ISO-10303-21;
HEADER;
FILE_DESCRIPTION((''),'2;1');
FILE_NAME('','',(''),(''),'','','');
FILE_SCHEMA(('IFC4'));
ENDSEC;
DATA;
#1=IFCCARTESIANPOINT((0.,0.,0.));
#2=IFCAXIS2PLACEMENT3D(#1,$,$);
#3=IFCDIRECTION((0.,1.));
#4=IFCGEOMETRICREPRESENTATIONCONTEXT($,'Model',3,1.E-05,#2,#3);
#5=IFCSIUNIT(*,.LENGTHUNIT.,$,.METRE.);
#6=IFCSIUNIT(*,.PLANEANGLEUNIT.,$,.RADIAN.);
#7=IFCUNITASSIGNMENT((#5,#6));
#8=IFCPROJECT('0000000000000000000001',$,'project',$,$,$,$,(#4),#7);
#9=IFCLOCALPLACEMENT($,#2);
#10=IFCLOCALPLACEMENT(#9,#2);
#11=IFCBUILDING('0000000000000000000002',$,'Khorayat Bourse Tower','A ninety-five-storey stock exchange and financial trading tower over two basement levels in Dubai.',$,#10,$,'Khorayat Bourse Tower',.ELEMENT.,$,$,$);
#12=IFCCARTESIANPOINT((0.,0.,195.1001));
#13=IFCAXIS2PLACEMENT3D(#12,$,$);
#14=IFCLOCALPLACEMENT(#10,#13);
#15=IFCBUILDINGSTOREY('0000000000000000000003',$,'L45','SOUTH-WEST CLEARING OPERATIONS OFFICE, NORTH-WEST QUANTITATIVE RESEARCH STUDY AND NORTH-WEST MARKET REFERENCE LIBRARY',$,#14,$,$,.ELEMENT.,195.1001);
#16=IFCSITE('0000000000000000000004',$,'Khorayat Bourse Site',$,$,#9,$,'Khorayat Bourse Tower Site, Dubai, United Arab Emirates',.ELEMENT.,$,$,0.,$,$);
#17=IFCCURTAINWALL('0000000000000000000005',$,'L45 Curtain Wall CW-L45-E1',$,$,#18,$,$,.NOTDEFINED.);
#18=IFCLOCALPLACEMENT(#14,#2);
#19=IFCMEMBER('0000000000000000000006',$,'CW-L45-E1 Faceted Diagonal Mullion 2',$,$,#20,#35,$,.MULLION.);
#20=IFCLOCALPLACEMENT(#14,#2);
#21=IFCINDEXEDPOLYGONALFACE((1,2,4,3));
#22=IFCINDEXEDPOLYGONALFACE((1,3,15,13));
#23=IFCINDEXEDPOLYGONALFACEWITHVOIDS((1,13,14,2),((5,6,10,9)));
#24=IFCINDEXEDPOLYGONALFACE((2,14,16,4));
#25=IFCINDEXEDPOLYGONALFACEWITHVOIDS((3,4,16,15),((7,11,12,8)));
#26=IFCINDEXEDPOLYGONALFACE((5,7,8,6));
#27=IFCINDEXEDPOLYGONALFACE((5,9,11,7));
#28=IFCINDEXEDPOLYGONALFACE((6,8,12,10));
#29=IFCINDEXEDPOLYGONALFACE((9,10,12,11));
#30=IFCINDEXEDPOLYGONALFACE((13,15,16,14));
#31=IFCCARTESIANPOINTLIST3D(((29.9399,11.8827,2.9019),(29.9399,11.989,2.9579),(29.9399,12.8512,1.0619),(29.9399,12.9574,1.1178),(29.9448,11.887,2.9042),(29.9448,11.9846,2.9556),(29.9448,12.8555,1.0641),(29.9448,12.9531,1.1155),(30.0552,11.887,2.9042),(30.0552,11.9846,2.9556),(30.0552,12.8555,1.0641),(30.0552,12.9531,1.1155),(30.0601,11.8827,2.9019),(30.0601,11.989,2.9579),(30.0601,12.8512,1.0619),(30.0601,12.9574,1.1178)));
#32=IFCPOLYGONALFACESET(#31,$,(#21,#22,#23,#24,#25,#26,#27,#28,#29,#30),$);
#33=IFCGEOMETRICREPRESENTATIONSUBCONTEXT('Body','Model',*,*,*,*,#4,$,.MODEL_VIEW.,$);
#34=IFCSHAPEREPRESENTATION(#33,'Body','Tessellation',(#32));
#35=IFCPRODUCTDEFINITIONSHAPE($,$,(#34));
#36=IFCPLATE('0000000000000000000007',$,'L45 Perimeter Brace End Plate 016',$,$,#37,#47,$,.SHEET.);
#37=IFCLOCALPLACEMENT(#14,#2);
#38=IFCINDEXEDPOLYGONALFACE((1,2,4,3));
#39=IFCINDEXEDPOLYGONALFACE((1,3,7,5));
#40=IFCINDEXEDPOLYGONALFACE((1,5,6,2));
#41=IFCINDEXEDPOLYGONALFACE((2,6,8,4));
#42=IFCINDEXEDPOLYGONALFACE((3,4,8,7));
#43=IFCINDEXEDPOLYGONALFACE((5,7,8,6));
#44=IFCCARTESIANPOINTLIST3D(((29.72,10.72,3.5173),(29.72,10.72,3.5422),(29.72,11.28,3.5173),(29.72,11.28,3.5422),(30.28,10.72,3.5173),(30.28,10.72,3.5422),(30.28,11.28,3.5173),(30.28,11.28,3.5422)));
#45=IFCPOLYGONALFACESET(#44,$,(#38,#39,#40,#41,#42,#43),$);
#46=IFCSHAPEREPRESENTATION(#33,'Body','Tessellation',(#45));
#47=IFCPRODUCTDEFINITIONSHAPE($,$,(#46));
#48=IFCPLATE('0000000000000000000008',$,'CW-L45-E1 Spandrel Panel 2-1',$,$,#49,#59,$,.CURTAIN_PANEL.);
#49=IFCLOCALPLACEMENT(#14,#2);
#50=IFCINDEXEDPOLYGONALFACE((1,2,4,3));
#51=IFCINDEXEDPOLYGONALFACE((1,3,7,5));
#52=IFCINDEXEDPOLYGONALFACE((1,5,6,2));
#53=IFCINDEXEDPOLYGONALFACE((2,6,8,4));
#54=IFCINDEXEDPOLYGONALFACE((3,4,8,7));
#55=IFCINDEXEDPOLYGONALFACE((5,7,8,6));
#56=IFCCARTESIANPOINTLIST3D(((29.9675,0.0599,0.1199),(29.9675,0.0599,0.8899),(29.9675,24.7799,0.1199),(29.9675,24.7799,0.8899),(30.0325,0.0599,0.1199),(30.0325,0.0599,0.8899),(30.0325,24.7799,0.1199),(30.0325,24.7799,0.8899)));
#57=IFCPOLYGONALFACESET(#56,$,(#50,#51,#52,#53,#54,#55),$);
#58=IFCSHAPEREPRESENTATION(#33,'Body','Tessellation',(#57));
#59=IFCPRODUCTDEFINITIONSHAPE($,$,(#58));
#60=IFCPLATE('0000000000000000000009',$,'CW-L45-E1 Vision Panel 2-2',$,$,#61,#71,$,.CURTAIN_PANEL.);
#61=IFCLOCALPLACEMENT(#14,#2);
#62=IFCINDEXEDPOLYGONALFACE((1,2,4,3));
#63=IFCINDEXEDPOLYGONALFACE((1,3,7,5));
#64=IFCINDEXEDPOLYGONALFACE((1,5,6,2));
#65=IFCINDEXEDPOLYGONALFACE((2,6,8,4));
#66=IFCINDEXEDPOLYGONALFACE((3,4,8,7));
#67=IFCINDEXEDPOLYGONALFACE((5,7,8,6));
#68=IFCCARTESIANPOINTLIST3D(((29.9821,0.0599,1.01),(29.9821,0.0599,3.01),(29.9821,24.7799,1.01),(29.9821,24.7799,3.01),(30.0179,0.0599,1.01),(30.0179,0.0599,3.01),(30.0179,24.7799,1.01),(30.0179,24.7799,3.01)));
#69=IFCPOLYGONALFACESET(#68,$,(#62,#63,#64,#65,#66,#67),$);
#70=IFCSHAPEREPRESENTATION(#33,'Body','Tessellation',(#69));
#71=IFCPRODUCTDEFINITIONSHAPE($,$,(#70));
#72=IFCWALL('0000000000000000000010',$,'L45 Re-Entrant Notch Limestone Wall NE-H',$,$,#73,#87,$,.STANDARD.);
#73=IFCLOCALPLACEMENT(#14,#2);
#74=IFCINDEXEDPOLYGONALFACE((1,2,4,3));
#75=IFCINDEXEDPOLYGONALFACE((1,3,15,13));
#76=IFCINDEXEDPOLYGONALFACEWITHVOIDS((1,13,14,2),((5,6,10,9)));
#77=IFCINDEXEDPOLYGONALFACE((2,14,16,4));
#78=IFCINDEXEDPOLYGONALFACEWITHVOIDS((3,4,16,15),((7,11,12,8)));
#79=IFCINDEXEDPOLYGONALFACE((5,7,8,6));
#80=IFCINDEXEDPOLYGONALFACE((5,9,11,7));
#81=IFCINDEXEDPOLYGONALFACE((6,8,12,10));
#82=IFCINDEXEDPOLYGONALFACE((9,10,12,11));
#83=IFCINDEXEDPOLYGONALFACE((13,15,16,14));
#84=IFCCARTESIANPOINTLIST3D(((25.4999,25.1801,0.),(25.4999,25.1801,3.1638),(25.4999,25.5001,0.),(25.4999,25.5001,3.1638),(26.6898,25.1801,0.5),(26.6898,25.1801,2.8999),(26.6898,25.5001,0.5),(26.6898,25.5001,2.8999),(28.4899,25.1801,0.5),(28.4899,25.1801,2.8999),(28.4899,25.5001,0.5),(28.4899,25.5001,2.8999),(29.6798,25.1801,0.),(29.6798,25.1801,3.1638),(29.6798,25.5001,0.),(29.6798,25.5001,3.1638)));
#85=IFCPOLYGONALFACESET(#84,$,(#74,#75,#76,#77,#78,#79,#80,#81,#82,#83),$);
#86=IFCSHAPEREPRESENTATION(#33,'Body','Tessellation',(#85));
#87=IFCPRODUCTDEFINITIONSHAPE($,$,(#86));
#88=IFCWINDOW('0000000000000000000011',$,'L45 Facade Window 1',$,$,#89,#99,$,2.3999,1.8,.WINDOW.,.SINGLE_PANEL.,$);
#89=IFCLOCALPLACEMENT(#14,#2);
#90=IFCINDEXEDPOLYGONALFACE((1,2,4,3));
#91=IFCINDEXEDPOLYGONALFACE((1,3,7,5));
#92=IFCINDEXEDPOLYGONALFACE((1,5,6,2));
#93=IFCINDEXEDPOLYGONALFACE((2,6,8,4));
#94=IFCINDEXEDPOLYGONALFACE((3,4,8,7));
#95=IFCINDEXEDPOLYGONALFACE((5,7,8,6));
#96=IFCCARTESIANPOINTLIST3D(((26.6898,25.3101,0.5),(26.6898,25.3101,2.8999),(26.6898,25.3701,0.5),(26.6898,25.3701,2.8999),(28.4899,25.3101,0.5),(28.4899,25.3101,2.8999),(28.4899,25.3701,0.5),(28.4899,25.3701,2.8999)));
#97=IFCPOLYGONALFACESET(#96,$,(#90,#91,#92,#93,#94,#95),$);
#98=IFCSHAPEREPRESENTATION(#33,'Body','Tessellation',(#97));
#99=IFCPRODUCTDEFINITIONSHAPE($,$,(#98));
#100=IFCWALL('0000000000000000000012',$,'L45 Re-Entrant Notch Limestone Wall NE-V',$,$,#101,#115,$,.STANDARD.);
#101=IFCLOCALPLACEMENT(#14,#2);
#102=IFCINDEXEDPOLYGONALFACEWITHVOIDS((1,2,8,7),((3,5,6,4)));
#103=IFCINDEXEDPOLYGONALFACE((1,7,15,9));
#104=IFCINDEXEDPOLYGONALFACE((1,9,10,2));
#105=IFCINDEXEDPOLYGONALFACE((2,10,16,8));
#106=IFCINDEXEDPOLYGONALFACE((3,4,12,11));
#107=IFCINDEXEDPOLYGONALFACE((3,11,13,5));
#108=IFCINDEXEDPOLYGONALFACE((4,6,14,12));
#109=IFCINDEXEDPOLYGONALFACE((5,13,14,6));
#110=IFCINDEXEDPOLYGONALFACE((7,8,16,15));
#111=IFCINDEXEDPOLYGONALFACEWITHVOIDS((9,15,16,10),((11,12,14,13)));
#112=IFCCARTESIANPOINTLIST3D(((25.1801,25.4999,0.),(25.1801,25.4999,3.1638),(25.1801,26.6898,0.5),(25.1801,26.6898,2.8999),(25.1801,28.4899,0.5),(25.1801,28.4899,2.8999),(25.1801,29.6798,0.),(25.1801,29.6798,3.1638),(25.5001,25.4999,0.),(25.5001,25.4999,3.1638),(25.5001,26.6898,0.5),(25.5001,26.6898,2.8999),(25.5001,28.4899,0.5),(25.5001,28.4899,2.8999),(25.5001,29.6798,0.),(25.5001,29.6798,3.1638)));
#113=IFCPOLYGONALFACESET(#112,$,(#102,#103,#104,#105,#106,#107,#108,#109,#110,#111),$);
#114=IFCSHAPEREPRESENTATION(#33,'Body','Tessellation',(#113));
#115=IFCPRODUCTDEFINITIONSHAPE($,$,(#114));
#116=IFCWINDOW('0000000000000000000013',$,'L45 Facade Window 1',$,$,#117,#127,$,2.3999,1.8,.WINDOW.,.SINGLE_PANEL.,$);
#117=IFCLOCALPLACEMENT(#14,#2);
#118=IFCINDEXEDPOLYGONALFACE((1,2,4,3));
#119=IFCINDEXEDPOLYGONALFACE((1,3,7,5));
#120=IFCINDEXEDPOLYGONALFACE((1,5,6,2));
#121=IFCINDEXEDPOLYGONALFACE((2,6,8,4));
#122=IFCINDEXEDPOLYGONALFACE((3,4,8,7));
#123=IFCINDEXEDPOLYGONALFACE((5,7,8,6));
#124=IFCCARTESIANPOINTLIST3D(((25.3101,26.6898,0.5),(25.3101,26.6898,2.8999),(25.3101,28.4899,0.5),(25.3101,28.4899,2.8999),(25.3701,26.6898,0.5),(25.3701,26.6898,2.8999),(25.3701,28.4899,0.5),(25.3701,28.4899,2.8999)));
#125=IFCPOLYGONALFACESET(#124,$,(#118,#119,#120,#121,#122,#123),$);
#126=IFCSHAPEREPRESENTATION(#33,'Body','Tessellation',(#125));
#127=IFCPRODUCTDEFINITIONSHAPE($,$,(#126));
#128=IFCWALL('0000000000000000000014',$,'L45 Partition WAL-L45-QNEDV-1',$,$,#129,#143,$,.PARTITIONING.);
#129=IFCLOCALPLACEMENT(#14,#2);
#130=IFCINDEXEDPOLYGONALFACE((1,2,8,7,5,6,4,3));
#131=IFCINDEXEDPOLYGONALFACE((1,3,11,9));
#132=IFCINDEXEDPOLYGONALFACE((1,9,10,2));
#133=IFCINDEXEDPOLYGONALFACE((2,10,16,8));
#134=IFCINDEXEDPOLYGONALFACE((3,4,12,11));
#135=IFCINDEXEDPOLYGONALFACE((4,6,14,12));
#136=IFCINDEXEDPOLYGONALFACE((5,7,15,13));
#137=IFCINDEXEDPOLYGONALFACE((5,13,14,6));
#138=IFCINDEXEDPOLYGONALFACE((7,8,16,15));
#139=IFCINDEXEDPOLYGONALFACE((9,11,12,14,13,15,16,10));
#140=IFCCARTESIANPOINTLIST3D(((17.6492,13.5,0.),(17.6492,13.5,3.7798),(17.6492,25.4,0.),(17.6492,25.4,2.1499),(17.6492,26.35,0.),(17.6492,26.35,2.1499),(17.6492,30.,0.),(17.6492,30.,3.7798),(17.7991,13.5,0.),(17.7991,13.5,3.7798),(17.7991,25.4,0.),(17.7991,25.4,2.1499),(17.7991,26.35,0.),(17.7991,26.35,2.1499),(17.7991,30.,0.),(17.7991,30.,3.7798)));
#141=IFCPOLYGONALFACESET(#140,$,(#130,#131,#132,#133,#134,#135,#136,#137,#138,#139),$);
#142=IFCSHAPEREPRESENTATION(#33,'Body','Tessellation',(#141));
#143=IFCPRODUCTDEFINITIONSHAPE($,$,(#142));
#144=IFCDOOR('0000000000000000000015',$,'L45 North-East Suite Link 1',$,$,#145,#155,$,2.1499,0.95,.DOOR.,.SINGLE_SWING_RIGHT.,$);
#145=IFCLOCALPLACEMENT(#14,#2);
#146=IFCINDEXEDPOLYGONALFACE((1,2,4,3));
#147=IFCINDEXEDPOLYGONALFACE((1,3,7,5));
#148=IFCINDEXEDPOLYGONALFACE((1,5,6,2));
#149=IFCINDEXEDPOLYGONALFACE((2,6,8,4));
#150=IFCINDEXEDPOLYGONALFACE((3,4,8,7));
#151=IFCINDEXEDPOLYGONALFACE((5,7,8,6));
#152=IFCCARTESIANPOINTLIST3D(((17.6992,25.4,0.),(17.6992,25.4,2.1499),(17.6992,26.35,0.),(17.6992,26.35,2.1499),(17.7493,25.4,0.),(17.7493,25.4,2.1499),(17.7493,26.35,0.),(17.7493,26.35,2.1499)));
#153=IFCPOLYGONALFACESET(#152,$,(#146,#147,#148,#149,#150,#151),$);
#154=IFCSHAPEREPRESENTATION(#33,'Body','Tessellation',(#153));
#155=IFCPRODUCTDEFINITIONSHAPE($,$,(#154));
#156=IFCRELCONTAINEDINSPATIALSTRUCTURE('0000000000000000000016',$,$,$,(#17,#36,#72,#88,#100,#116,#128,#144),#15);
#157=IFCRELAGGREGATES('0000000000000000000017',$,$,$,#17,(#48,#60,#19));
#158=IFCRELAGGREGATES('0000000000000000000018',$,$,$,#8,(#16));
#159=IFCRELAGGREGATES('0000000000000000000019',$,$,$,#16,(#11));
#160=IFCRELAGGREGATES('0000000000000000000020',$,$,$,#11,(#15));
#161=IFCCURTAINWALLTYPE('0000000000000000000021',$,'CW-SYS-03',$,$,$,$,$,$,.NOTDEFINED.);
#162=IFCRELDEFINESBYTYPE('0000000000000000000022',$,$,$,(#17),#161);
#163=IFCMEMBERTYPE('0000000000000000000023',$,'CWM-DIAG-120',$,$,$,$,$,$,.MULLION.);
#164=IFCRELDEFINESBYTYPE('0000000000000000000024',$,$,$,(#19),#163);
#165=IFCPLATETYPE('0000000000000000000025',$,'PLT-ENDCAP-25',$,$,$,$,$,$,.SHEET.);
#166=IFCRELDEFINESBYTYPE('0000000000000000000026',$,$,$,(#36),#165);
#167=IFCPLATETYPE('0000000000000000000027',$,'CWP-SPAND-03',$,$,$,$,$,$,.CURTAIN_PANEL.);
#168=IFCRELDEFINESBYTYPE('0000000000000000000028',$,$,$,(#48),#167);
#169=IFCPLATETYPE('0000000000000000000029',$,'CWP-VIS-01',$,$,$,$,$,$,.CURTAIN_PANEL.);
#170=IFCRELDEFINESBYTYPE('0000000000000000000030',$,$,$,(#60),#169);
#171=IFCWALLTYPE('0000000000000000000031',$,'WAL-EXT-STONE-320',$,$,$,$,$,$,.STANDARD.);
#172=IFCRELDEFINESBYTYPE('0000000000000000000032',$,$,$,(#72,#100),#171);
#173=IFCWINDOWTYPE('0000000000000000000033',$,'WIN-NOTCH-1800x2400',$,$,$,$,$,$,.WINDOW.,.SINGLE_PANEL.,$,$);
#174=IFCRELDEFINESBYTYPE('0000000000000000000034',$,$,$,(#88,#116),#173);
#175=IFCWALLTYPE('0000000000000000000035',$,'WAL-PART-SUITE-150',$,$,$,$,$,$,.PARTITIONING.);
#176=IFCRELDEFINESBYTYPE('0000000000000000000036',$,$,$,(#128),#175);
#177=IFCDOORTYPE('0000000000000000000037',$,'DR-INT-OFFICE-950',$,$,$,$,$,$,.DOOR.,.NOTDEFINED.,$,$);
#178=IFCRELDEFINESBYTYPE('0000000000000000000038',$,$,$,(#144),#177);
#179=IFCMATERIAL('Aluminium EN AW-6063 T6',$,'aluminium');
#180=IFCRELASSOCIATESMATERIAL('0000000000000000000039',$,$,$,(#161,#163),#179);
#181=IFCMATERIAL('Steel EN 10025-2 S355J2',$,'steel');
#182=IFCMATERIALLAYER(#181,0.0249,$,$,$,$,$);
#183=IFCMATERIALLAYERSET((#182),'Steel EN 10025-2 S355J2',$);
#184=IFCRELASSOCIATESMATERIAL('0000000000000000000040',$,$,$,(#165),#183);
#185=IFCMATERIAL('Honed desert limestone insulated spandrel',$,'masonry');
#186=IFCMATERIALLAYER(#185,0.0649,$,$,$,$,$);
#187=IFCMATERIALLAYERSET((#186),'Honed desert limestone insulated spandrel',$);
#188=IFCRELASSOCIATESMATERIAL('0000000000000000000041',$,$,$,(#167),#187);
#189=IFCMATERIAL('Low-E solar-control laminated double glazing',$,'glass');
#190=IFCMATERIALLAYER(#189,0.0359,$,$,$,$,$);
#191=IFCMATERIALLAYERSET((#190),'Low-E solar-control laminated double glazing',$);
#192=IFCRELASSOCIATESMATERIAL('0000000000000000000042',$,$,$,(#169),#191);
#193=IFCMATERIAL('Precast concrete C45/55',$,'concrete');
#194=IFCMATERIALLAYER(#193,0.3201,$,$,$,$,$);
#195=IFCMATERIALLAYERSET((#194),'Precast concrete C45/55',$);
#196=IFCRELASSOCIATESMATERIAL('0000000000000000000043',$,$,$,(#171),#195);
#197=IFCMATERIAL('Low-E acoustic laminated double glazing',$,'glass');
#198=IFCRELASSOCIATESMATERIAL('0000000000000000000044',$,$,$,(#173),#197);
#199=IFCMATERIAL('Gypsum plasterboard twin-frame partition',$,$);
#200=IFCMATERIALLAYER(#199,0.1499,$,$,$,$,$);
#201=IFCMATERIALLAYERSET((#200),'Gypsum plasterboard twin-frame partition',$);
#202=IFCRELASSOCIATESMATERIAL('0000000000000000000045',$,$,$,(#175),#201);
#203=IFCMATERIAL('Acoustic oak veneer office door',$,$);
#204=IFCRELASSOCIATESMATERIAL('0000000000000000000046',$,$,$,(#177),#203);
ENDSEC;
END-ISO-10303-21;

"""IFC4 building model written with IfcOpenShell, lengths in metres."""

from ifc_helpers import new_model, si_unit, direction, frame, frame_2d, origin, origin_2d, place, context, subcontext, project, spatial, rectangle, hollow_rectangle, extrude, source, transform, mapped, material, layer, layer_set, material_profile, profile_set, type_object, element, fill, aggregate, save


model = new_model("IFC4")

# Units and contexts
model_context = context("Model", 3, precision=1e-05, world=origin(), true_north=direction((0.0, 1.0)))
body_context = subcontext(model_context, "Body", "Model", "MODEL_VIEW")
ifc_project = project(units=[si_unit("LENGTHUNIT", "METRE"), si_unit("PLANEANGLEUNIT", "RADIAN")], contexts=[model_context])

# Site, building, storey
site_placement = place(None, origin())
site = spatial("IfcSite", under=ifc_project, at=site_placement, Name="Khorayat Bourse Site", LongName="Khorayat Bourse Tower Site, Dubai, United Arab Emirates", CompositionType="ELEMENT", RefElevation=0.0)
building_placement = place(site_placement, origin())
building = spatial("IfcBuilding", under=site, at=building_placement, Name="Khorayat Bourse Tower", Description="A ninety-five-storey stock exchange and financial trading tower over two basement levels in Dubai.", LongName="Khorayat Bourse Tower", CompositionType="ELEMENT")
storey_placement = place(building_placement, frame((0.0, 0.0, 195.1001)))
storey = spatial("IfcBuildingStorey", under=building, at=storey_placement, Name="L45", Description="SOUTH-WEST CLEARING OPERATIONS OFFICE, NORTH-WEST QUANTITATIVE RESEARCH STUDY AND NORTH-WEST MARKET REFERENCE LIBRARY", CompositionType="ELEMENT", Elevation=195.1001)

# Shared definitions
ifc_material_1 = material(Name="Aluminium EN AW-6063 T6", Category="aluminium")
curtain_wall_type = type_object("IfcCurtainWallType", Name="CW-SYS-03", PredefinedType="NOTDEFINED", material=ifc_material_1)

# Curtain wall, member
curtain_wall_1_placement = place(storey_placement, origin())
curtain_wall_1 = element("IfcCurtainWall", 1, at=curtain_wall_1_placement, inside=storey, type_object=curtain_wall_type, Name="L45 Curtain Wall CW-L45-E1", PredefinedType="NOTDEFINED")
ifc_material_profile_1 = material_profile(ifc_material_1, hollow_rectangle(XDim=0.1201, YDim=0.1201, WallThickness=0.0049, at=origin_2d()), Name="ALU 120x120x5")
ifc_profile_set_1 = profile_set([ifc_material_profile_1], Name="Aluminium EN AW-6063 T6")
member_type_1 = type_object("IfcMemberType", Name="CWM-DIAG-120", PredefinedType="MULLION", material=ifc_profile_set_1)
shared_shape_1 = source(origin(), body_context, "Body", "SweptSolid", [
    extrude(hollow_rectangle(XDim=0.1201, YDim=0.1201, WallThickness=0.0049, at=origin_2d()), origin(), (0.0, 0.0, 1.0), 2.0793),
])
member_1_placement = place(storey_placement, frame((30.0, 12.9043, 1.0898), z_axis=(0.0, -0.465761, 0.884911), x_axis=(1.0, 0.0, 0.0)))
member_1 = element("IfcMember", 2, at=member_1_placement, type_object=member_type_1, Name="CW-L45-E1 Faceted Diagonal Mullion 2", PredefinedType="MULLION", context=body_context, shape_type="MappedRepresentation", body=[
    mapped(shared_shape_1, transform((0.0, 0.0, 0.0), scale=1.0)),
])

# Plates
ifc_material_2 = material(Name="Steel EN 10025-2 S355J2", Category="steel")
ifc_layer_1 = layer(ifc_material_2, 0.0249)
ifc_layer_set_1 = layer_set([ifc_layer_1], Name="Steel EN 10025-2 S355J2")
plate_type_1 = type_object("IfcPlateType", Name="PLT-ENDCAP-25", PredefinedType="SHEET", material=ifc_layer_set_1)
shared_shape_2 = source(origin(), body_context, "Body", "SweptSolid", [
    extrude(rectangle(XDim=0.5601, YDim=0.5601, at=origin_2d()), origin(), (0.0, 0.0, 1.0), 0.0249),
])
plate_1_placement = place(storey_placement, frame((30.0, 11.0, 3.5173), z_axis=(0.0, 0.0, 1.0), x_axis=(1.0, 0.0, 0.0)))
element("IfcPlate", 3, at=plate_1_placement, inside=storey, type_object=plate_type_1, Name="L45 Perimeter Brace End Plate 016", PredefinedType="SHEET", context=body_context, shape_type="MappedRepresentation", body=[
    mapped(shared_shape_2, transform((0.0, 0.0, 0.0), scale=1.0)),
])
ifc_material_3 = material(Name="Honed desert limestone insulated spandrel", Category="masonry")
ifc_layer_2 = layer(ifc_material_3, 0.0649)
ifc_layer_set_2 = layer_set([ifc_layer_2], Name="Honed desert limestone insulated spandrel")
plate_type_2 = type_object("IfcPlateType", Name="CWP-SPAND-03", PredefinedType="CURTAIN_PANEL", material=ifc_layer_set_2)
shared_shape_3 = source(origin(), body_context, "Body", "SweptSolid", [
    extrude(rectangle(XDim=24.72, YDim=0.0649, at=origin_2d()), origin(), (0.0, 0.0, 1.0), 0.77),
])
plate_2_placement = place(storey_placement, frame((30.0, 12.4199, 0.1199), z_axis=(0.0, 0.0, 1.0), x_axis=(0.0, 1.0, 0.0)))
plate_2 = element("IfcPlate", 4, at=plate_2_placement, type_object=plate_type_2, Name="CW-L45-E1 Spandrel Panel 2-1", PredefinedType="CURTAIN_PANEL", context=body_context, shape_type="MappedRepresentation", body=[
    mapped(shared_shape_3, transform((0.0, 0.0, 0.0), scale=1.0)),
])
ifc_material_4 = material(Name="Low-E solar-control laminated double glazing", Category="glass")
ifc_layer_3 = layer(ifc_material_4, 0.0359)
ifc_layer_set_3 = layer_set([ifc_layer_3], Name="Low-E solar-control laminated double glazing")
plate_type_3 = type_object("IfcPlateType", Name="CWP-VIS-01", PredefinedType="CURTAIN_PANEL", material=ifc_layer_set_3)
shared_shape_4 = source(origin(), body_context, "Body", "SweptSolid", [
    extrude(rectangle(XDim=24.72, YDim=0.0359, at=origin_2d()), origin(), (0.0, 0.0, 1.0), 2.0),
])
plate_3_placement = place(storey_placement, frame((30.0, 12.4199, 1.01), z_axis=(0.0, 0.0, 1.0), x_axis=(0.0, 1.0, 0.0)))
plate_3 = element("IfcPlate", 5, at=plate_3_placement, type_object=plate_type_3, Name="CW-L45-E1 Vision Panel 2-2", PredefinedType="CURTAIN_PANEL", context=body_context, shape_type="MappedRepresentation", body=[
    mapped(shared_shape_4, transform((0.0, 0.0, 0.0), scale=1.0)),
])
aggregate(curtain_wall_1, [plate_2, plate_3, member_1])

# Walls, openings, windows
ifc_material_5 = material(Name="Precast concrete C45/55", Category="concrete")
ifc_layer_4 = layer(ifc_material_5, 0.3201)
ifc_layer_set_4 = layer_set([ifc_layer_4], Name="Precast concrete C45/55")
wall_type_1 = type_object("IfcWallType", Name="WAL-EXT-STONE-320", PredefinedType="STANDARD", material=ifc_layer_set_4)
shared_shape_5 = source(origin(), body_context, "Body", "SweptSolid", [
    extrude(rectangle(XDim=4.1799, YDim=0.3201, at=frame_2d((2.0898, 0.0))), origin(), (0.0, 0.0, 1.0), 3.1638),
])
wall_1_placement = place(storey_placement, frame((25.5, 25.3401, 0.0), z_axis=(0.0, 0.0, 1.0), x_axis=(1.0, 0.0, 0.0)))
wall_1 = element("IfcWall", 6, at=wall_1_placement, inside=storey, type_object=wall_type_1, Name="L45 Re-Entrant Notch Limestone Wall NE-H", PredefinedType="STANDARD", context=body_context, shape_type="MappedRepresentation", body=[
    mapped(shared_shape_5, transform((0.0, 0.0, 0.0), scale=1.0)),
])
shared_shape_6 = source(origin(), body_context, "Body", "SweptSolid", [
    extrude(rectangle(XDim=1.8, YDim=2.3999, at=frame_2d((0.8999, 1.2))), frame((0.0, 0.1699, 0.0), z_axis=(0.0, -1.0, 0.0), x_axis=(1.0, 0.0, 0.0)), (0.0, 0.0, 1.0), 0.3401),
])
opening_1_placement = place(wall_1_placement, frame((1.1899, 0.0, 0.5)))
opening_1 = element("IfcOpeningElement", 7, at=opening_1_placement, cuts=wall_1, PredefinedType="OPENING", context=body_context, shape_type="MappedRepresentation", body=[
    mapped(shared_shape_6, transform((0.0, 0.0, 0.0), scale=1.0)),
])
ifc_material_6 = material(Name="Low-E acoustic laminated double glazing", Category="glass")
window_type = type_object("IfcWindowType", Name="WIN-NOTCH-1800x2400", PartitioningType="SINGLE_PANEL", PredefinedType="WINDOW", material=ifc_material_6)
shared_shape_7 = source(origin(), body_context, "Body", "SweptSolid", [
    extrude(rectangle(XDim=1.8, YDim=2.3999, at=frame_2d((0.8999, 1.2))), frame((0.0, 0.03, 0.0), z_axis=(0.0, -1.0, 0.0), x_axis=(1.0, 0.0, 0.0)), (0.0, 0.0, 1.0), 0.0601),
])
window_1_placement = place(opening_1_placement, origin())
window_1 = element("IfcWindow", 8, at=window_1_placement, inside=storey, type_object=window_type, Name="L45 Facade Window 1", OverallHeight=2.3999, OverallWidth=1.8, PartitioningType="SINGLE_PANEL", PredefinedType="WINDOW", context=body_context, shape_type="MappedRepresentation", body=[
    mapped(shared_shape_7, transform((0.0, 0.0, 0.0), scale=1.0)),
])
fill(opening_1, window_1)
wall_2_placement = place(storey_placement, frame((25.3401, 25.5, 0.0), z_axis=(0.0, 0.0, 1.0), x_axis=(0.0, 1.0, 0.0)))
wall_2 = element("IfcWall", 9, at=wall_2_placement, inside=storey, type_object=wall_type_1, Name="L45 Re-Entrant Notch Limestone Wall NE-V", PredefinedType="STANDARD", context=body_context, shape_type="MappedRepresentation", body=[
    mapped(shared_shape_5, transform((0.0, 0.0, 0.0), scale=1.0)),
])
opening_2_placement = place(wall_2_placement, frame((1.1899, 0.0, 0.5)))
opening_2 = element("IfcOpeningElement", 10, at=opening_2_placement, cuts=wall_2, PredefinedType="OPENING", context=body_context, shape_type="MappedRepresentation", body=[
    mapped(shared_shape_6, transform((0.0, 0.0, 0.0), scale=1.0)),
])
window_2_placement = place(opening_2_placement, origin())
window_2 = element("IfcWindow", 11, at=window_2_placement, inside=storey, type_object=window_type, Name="L45 Facade Window 1", OverallHeight=2.3999, OverallWidth=1.8, PartitioningType="SINGLE_PANEL", PredefinedType="WINDOW", context=body_context, shape_type="MappedRepresentation", body=[
    mapped(shared_shape_7, transform((0.0, 0.0, 0.0), scale=1.0)),
])
fill(opening_2, window_2)

# Wall, opening, door
ifc_material_7 = material(Name="Gypsum plasterboard twin-frame partition")
ifc_layer_5 = layer(ifc_material_7, 0.1499)
ifc_layer_set_5 = layer_set([ifc_layer_5], Name="Gypsum plasterboard twin-frame partition")
wall_type_2 = type_object("IfcWallType", Name="WAL-PART-SUITE-150", PredefinedType="PARTITIONING", material=ifc_layer_set_5)
shared_shape_8 = source(origin(), body_context, "Body", "SweptSolid", [
    extrude(rectangle(XDim=16.5, YDim=0.1499, at=frame_2d((8.25, 0.0))), origin(), (0.0, 0.0, 1.0), 3.7798),
])
wall_3_placement = place(storey_placement, frame((17.7241, 13.5, 0.0), z_axis=(0.0, 0.0, 1.0), x_axis=(0.0, 1.0, 0.0)))
wall_3 = element("IfcWall", 12, at=wall_3_placement, inside=storey, type_object=wall_type_2, Name="L45 Partition WAL-L45-QNEDV-1", PredefinedType="PARTITIONING", context=body_context, shape_type="MappedRepresentation", body=[
    mapped(shared_shape_8, transform((0.0, 0.0, 0.0), scale=1.0)),
])
shared_shape_9 = source(origin(), body_context, "Body", "SweptSolid", [
    extrude(rectangle(XDim=0.95, YDim=2.1499, at=frame_2d((0.4751, 1.075))), frame((0.0, 0.085, 0.0), z_axis=(0.0, -1.0, 0.0), x_axis=(1.0, 0.0, 0.0)), (0.0, 0.0, 1.0), 0.1699),
])
opening_3_placement = place(wall_3_placement, frame((11.8999, 0.0, 0.0)))
opening_3 = element("IfcOpeningElement", 13, at=opening_3_placement, cuts=wall_3, PredefinedType="OPENING", context=body_context, shape_type="MappedRepresentation", body=[
    mapped(shared_shape_9, transform((0.0, 0.0, 0.0), scale=1.0)),
])
ifc_material_8 = material(Name="Acoustic oak veneer office door")
door_type = type_object("IfcDoorType", Name="DR-INT-OFFICE-950", OperationType="NOTDEFINED", PredefinedType="DOOR", material=ifc_material_8)
shared_shape_10 = source(origin(), body_context, "Body", "SweptSolid", [
    extrude(rectangle(XDim=0.95, YDim=2.1499, at=frame_2d((0.4751, 1.075))), frame((0.0, 0.0249, 0.0), z_axis=(0.0, -1.0, 0.0), x_axis=(1.0, 0.0, 0.0)), (0.0, 0.0, 1.0), 0.05),
])
door_placement = place(opening_3_placement, origin())
door = element("IfcDoor", 14, at=door_placement, inside=storey, type_object=door_type, Name="L45 North-East Suite Link 1", OperationType="SINGLE_SWING_RIGHT", OverallHeight=2.1499, OverallWidth=0.95, PredefinedType="DOOR", context=body_context, shape_type="MappedRepresentation", body=[
    mapped(shared_shape_10, transform((0.0, 0.0, 0.0), scale=1.0)),
])
fill(opening_3, door)

save(model, "model.ifc")
